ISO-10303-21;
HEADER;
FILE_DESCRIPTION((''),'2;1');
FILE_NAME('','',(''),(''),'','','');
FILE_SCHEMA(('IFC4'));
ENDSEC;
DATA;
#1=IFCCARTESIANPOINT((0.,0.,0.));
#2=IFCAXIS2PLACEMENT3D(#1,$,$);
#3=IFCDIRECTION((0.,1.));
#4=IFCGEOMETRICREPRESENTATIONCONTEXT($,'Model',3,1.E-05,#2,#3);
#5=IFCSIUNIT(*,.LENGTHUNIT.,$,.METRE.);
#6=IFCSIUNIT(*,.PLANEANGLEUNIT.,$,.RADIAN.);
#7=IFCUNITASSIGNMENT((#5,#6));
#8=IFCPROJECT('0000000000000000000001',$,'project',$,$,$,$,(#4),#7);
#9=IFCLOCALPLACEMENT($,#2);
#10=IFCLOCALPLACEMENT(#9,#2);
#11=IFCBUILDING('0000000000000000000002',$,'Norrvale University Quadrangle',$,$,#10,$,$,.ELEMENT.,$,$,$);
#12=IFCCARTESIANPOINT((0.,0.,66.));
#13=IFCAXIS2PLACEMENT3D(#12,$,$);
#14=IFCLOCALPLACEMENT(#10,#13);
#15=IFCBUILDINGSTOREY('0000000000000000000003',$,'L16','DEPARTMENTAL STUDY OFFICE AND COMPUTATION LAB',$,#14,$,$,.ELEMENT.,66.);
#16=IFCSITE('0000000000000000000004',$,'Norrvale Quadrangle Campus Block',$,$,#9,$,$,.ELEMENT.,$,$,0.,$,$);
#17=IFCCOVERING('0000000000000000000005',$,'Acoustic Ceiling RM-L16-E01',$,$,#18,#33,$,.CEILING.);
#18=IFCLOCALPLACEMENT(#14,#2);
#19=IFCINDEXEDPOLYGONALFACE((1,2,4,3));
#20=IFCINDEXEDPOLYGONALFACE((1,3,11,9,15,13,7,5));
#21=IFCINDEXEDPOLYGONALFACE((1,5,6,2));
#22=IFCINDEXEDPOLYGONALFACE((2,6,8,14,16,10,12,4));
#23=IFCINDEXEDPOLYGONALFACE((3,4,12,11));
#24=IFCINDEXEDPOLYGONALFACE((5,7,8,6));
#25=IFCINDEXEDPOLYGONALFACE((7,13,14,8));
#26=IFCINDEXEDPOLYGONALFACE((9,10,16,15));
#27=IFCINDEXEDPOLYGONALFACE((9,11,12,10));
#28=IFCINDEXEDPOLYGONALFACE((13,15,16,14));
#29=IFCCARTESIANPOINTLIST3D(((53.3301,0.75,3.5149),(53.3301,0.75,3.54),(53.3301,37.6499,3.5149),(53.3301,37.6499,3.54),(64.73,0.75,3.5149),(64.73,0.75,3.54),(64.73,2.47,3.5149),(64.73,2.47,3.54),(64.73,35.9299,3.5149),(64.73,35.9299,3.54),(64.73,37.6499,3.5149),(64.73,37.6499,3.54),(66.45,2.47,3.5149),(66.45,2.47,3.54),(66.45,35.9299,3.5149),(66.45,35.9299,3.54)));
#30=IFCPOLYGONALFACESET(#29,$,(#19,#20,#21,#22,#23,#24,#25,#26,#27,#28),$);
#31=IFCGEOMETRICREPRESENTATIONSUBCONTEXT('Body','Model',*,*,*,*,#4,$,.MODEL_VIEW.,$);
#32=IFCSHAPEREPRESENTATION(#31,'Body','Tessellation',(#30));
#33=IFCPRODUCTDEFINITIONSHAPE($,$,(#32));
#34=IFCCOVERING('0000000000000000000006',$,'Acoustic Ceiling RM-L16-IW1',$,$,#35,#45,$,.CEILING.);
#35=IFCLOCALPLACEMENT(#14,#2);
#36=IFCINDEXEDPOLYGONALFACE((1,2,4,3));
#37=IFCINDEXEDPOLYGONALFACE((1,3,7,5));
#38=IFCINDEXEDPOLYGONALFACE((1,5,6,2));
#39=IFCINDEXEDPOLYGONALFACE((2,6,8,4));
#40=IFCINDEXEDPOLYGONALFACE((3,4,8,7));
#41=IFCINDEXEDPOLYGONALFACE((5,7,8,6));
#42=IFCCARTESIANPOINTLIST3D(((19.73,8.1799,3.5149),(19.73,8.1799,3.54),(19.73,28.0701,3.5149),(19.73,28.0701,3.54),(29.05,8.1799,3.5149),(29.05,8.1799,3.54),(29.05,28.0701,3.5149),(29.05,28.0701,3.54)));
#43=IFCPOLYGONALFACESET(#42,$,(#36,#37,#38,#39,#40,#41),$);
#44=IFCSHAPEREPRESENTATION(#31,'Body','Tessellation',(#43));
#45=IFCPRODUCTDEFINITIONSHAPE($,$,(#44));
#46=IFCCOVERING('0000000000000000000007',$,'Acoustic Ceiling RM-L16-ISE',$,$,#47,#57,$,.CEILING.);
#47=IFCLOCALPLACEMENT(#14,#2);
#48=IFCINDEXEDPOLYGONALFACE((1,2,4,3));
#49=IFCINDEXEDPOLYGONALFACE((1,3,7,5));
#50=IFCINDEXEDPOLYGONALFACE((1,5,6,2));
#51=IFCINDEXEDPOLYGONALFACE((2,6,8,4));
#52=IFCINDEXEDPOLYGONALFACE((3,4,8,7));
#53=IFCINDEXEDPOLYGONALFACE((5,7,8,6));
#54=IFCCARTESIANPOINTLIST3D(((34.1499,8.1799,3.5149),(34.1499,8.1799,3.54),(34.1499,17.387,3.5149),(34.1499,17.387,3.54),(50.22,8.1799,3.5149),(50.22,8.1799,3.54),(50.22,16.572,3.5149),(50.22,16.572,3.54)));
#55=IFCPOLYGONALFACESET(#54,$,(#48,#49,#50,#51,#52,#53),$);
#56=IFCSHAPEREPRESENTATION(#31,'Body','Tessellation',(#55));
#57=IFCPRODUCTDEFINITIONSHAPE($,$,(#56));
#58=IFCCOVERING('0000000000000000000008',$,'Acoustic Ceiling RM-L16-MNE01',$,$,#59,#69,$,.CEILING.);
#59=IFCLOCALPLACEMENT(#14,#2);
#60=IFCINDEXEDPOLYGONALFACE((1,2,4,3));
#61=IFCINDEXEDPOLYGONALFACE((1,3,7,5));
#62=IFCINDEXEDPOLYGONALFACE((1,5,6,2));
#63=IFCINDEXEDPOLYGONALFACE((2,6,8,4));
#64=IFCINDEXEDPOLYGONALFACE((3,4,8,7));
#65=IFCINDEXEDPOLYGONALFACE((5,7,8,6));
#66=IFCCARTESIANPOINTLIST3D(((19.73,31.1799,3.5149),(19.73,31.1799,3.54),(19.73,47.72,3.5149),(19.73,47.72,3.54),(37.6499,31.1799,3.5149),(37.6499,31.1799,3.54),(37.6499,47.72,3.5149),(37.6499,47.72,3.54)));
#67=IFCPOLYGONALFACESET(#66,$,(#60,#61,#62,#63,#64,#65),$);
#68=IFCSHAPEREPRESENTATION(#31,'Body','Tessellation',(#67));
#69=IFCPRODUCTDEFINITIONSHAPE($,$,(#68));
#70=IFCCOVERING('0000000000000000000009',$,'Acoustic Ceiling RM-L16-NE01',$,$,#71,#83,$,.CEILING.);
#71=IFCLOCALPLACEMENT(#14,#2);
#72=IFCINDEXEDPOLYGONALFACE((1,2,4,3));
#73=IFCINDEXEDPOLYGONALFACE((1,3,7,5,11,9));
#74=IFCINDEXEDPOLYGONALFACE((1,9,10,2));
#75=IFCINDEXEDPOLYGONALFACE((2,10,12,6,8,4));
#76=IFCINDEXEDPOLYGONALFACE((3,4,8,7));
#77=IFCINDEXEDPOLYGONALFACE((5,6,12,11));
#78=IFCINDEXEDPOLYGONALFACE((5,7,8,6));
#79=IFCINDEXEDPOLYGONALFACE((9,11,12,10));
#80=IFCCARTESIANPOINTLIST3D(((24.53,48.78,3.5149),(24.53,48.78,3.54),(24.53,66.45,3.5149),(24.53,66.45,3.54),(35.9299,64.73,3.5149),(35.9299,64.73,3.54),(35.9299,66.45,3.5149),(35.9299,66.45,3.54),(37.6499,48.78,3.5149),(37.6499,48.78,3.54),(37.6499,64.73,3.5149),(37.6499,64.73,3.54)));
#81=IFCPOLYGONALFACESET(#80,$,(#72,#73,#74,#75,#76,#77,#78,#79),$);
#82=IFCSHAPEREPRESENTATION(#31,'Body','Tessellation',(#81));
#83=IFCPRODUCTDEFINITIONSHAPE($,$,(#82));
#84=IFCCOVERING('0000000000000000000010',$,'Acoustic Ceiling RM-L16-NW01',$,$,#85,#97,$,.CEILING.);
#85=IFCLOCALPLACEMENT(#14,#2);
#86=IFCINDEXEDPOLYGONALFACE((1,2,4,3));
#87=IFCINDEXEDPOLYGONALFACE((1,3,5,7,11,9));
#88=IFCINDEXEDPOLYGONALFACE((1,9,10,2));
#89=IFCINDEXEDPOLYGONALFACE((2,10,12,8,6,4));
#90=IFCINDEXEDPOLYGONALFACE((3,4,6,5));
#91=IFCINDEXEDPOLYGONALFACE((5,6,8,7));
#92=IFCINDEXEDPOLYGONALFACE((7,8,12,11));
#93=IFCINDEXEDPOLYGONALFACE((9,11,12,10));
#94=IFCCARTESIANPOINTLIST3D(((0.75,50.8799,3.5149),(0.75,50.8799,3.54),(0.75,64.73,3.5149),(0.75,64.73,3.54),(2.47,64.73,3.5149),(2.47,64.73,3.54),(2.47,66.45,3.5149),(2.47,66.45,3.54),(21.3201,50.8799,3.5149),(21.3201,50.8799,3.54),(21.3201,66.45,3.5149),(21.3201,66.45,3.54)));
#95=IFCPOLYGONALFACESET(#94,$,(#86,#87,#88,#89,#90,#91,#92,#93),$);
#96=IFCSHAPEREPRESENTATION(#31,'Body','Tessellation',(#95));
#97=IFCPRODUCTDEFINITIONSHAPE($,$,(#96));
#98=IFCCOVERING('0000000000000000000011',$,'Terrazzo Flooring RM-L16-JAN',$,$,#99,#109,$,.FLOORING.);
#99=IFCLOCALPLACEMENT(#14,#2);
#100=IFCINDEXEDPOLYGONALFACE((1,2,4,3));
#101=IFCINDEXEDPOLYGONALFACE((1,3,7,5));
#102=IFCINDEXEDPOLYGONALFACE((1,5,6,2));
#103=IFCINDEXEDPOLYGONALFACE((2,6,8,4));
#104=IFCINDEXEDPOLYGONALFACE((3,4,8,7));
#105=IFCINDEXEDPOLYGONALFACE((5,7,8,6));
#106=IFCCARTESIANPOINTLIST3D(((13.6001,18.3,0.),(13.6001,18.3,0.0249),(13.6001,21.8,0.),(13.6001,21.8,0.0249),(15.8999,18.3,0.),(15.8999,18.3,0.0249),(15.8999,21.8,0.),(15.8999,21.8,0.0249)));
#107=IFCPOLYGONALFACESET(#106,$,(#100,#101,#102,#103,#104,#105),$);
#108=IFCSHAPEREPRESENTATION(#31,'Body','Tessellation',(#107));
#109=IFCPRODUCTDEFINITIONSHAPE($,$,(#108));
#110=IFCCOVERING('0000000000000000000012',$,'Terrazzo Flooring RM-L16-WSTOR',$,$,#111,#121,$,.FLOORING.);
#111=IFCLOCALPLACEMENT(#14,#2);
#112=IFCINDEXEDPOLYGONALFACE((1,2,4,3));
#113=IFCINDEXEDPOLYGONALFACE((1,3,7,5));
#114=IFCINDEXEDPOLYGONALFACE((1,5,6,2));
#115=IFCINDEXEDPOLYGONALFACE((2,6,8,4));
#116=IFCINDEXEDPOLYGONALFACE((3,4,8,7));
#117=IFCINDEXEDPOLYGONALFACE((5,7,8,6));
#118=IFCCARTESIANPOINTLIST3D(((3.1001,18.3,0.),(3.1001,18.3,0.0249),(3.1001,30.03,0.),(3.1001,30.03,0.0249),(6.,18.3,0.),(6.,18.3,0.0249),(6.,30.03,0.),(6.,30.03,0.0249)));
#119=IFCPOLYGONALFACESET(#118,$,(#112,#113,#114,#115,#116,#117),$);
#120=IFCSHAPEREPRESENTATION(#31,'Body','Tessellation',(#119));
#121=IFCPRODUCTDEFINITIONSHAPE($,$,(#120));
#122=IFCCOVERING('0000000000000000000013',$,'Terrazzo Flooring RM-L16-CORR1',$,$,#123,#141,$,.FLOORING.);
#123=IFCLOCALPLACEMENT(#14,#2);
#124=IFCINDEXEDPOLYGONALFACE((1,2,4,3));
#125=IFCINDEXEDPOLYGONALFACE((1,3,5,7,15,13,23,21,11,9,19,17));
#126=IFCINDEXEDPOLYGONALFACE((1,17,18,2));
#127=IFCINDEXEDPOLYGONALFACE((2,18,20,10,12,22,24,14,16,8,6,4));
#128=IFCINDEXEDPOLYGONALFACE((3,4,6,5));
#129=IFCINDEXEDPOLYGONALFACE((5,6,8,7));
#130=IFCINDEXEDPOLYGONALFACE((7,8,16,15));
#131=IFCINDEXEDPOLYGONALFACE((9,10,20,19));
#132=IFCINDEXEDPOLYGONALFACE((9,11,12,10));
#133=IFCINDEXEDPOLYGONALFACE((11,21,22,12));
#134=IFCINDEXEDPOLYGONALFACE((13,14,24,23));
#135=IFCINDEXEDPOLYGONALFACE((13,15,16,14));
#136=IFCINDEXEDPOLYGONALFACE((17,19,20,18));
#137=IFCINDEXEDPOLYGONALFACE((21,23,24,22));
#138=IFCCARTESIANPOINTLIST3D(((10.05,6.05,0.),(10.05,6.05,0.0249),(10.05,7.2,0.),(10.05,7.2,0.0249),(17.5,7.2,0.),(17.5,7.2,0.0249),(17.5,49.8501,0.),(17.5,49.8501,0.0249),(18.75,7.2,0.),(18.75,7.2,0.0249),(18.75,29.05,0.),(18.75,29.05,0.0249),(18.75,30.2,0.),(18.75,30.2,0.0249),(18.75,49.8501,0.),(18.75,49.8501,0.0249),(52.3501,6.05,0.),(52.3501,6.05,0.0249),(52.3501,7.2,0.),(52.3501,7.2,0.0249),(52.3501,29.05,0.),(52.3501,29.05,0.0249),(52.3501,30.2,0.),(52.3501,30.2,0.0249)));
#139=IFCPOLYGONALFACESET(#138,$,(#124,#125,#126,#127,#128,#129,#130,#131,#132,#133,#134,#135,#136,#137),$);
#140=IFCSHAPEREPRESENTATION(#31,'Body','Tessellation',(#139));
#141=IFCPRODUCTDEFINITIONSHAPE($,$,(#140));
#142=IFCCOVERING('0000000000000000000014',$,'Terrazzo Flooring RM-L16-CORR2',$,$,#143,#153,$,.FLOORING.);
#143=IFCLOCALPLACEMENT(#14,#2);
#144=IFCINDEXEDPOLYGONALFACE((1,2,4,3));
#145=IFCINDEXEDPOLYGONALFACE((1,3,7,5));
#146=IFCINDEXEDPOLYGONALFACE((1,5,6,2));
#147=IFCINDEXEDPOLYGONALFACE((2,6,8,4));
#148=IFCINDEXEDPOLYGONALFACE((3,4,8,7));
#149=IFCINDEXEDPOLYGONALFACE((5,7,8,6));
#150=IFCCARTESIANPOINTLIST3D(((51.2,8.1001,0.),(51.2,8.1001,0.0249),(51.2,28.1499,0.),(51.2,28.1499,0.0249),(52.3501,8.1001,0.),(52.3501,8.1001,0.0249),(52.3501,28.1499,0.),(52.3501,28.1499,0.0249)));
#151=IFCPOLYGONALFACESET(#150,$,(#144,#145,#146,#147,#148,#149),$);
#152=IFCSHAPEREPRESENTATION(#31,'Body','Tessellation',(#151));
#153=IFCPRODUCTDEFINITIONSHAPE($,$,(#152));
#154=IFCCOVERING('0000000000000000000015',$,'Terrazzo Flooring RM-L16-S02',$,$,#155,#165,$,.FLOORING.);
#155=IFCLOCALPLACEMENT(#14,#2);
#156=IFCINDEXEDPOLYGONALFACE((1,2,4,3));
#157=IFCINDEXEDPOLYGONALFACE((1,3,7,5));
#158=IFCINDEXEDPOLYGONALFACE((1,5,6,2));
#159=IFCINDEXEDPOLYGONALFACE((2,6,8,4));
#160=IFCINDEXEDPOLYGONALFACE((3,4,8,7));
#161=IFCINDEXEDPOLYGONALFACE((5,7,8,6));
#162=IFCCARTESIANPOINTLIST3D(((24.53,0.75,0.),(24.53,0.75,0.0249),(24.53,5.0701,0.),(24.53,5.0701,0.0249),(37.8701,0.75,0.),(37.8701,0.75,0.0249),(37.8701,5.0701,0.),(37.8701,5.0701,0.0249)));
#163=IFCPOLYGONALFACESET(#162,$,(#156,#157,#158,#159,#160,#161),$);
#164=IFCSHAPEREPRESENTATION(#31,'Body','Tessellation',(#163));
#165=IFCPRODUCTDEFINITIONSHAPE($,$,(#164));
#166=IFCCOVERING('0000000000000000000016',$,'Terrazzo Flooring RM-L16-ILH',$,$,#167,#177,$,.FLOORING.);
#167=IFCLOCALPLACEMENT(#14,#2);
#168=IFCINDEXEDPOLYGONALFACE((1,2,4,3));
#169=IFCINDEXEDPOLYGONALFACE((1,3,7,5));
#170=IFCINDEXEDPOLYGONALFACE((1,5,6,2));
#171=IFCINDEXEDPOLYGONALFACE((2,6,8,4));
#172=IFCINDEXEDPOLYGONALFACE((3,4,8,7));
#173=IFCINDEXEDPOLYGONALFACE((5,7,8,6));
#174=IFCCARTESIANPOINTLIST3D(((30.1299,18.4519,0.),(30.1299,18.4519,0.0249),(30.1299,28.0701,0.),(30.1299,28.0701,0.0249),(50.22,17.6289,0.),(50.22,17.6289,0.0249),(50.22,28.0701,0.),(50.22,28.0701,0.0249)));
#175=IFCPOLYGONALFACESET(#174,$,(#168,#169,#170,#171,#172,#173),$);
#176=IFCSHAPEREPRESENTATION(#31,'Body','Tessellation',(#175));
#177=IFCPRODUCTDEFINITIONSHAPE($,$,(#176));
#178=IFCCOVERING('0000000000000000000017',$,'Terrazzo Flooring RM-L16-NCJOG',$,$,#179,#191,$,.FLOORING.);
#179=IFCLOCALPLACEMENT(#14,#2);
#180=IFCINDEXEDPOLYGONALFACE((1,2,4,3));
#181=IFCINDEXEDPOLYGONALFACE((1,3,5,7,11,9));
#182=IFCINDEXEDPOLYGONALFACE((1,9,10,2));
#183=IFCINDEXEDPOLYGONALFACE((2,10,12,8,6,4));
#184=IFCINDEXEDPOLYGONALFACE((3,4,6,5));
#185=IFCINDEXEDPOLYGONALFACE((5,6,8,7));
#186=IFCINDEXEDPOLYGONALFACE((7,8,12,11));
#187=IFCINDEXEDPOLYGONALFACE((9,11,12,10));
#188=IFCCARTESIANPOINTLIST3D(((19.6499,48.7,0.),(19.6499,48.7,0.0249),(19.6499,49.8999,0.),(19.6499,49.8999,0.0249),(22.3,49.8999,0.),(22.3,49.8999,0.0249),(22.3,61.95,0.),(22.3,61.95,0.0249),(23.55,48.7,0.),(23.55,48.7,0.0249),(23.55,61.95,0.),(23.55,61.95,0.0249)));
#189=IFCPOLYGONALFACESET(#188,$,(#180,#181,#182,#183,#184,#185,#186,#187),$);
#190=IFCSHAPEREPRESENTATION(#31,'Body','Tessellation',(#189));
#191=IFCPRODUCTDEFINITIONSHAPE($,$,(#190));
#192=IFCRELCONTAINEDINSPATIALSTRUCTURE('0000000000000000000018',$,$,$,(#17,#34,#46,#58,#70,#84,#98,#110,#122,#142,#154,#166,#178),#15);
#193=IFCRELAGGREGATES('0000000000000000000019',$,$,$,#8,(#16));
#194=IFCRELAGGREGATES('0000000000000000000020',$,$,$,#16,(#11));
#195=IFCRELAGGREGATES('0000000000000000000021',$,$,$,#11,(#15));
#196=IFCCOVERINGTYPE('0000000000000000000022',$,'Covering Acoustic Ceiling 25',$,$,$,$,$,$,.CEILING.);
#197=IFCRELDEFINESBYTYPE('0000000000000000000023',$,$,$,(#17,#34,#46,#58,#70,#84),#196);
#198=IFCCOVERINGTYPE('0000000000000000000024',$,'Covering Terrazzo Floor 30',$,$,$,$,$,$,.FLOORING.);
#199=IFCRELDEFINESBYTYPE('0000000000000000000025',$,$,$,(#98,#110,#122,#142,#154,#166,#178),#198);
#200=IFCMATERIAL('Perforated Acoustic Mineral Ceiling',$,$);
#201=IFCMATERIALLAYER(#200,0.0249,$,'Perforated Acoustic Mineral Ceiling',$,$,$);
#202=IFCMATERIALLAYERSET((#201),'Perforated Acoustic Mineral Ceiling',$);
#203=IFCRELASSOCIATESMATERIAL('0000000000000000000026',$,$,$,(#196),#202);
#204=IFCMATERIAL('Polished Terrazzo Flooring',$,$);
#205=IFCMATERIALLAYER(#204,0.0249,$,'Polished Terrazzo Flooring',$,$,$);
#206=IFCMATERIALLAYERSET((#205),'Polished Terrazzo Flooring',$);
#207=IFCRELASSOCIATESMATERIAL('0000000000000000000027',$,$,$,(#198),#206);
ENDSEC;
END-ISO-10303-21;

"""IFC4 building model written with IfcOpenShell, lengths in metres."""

from ifc_helpers import new_model, si_unit, direction, frame, origin, place, context, subcontext, project, spatial, polyline, outline, extrude, material, layer, layer_set, type_object, element, save


model = new_model("IFC4")

# Units and contexts
model_context = context("Model", 3, precision=1e-05, world=origin(), true_north=direction((0.0, 1.0)))
body_context = subcontext(model_context, "Body", "Model", "MODEL_VIEW")
ifc_project = project(units=[si_unit("LENGTHUNIT", "METRE"), si_unit("PLANEANGLEUNIT", "RADIAN")], contexts=[model_context])

# Site, building, storey
site_placement = place(None, origin())
site = spatial("IfcSite", under=ifc_project, at=site_placement, Name="Norrvale Quadrangle Campus Block", CompositionType="ELEMENT", RefElevation=0.0)
building_placement = place(site_placement, origin())
building = spatial("IfcBuilding", under=site, at=building_placement, Name="Norrvale University Quadrangle", CompositionType="ELEMENT")
storey_placement = place(building_placement, frame((0.0, 0.0, 66.0)))
storey = spatial("IfcBuildingStorey", under=building, at=storey_placement, Name="L16", Description="DEPARTMENTAL STUDY OFFICE AND COMPUTATION LAB", CompositionType="ELEMENT", Elevation=66.0)

# Coverings
ifc_material_1 = material(Name="Perforated Acoustic Mineral Ceiling")
ifc_layer_1 = layer(ifc_material_1, 0.0249, Name="Perforated Acoustic Mineral Ceiling")
ifc_layer_set_1 = layer_set([ifc_layer_1], Name="Perforated Acoustic Mineral Ceiling")
covering_type_1 = type_object("IfcCoveringType", Name="Covering Acoustic Ceiling 25", PredefinedType="CEILING", material=ifc_layer_set_1)
covering_1_placement = place(storey_placement, frame((0.0, 0.0, 3.5149)))
element("IfcCovering", 1, at=covering_1_placement, inside=storey, type_object=covering_type_1, Name="Acoustic Ceiling RM-L16-E01", PredefinedType="CEILING", context=body_context, shape_type="SweptSolid", body=[
    extrude(outline(polyline([(53.3301, 0.75), (53.3301, 37.6499), (64.73, 37.6499), (64.73, 35.9299), (66.45, 35.9299), (66.45, 2.47), (64.73, 2.47), (64.73, 0.75), (53.3301, 0.75)])), origin(), (0.0, 0.0, 1.0), 0.0251),
])
covering_2_placement = place(storey_placement, frame((0.0, 0.0, 3.5149)))
element("IfcCovering", 2, at=covering_2_placement, inside=storey, type_object=covering_type_1, Name="Acoustic Ceiling RM-L16-IW1", PredefinedType="CEILING", context=body_context, shape_type="SweptSolid", body=[
    extrude(outline(polyline([(19.73, 8.1799), (19.73, 28.0701), (29.05, 28.0701), (29.05, 8.1799), (19.73, 8.1799)])), origin(), (0.0, 0.0, 1.0), 0.0251),
])
covering_3_placement = place(storey_placement, frame((0.0, 0.0, 3.5149)))
element("IfcCovering", 3, at=covering_3_placement, inside=storey, type_object=covering_type_1, Name="Acoustic Ceiling RM-L16-ISE", PredefinedType="CEILING", context=body_context, shape_type="SweptSolid", body=[
    extrude(outline(polyline([(34.1499, 8.1799), (34.1499, 17.387), (50.22, 16.572), (50.22, 8.1799), (34.1499, 8.1799)])), origin(), (0.0, 0.0, 1.0), 0.0251),
])
covering_4_placement = place(storey_placement, frame((0.0, 0.0, 3.5149)))
element("IfcCovering", 4, at=covering_4_placement, inside=storey, type_object=covering_type_1, Name="Acoustic Ceiling RM-L16-MNE01", PredefinedType="CEILING", context=body_context, shape_type="SweptSolid", body=[
    extrude(outline(polyline([(19.73, 47.72), (37.6499, 47.72), (37.6499, 31.1799), (19.73, 31.1799), (19.73, 47.72)])), origin(), (0.0, 0.0, 1.0), 0.0251),
])
covering_5_placement = place(storey_placement, frame((0.0, 0.0, 3.5149)))
element("IfcCovering", 5, at=covering_5_placement, inside=storey, type_object=covering_type_1, Name="Acoustic Ceiling RM-L16-NE01", PredefinedType="CEILING", context=body_context, shape_type="SweptSolid", body=[
    extrude(outline(polyline([(37.6499, 48.78), (24.53, 48.78), (24.53, 66.45), (35.9299, 66.45), (35.9299, 64.73), (37.6499, 64.73), (37.6499, 48.78)])), origin(), (0.0, 0.0, 1.0), 0.0251),
])
covering_6_placement = place(storey_placement, frame((0.0, 0.0, 3.5149)))
element("IfcCovering", 6, at=covering_6_placement, inside=storey, type_object=covering_type_1, Name="Acoustic Ceiling RM-L16-NW01", PredefinedType="CEILING", context=body_context, shape_type="SweptSolid", body=[
    extrude(outline(polyline([(21.3201, 66.45), (21.3201, 50.8799), (0.75, 50.8799), (0.75, 64.73), (2.47, 64.73), (2.47, 66.45), (21.3201, 66.45)])), origin(), (0.0, 0.0, 1.0), 0.0251),
])
ifc_material_2 = material(Name="Polished Terrazzo Flooring")
ifc_layer_2 = layer(ifc_material_2, 0.0249, Name="Polished Terrazzo Flooring")
ifc_layer_set_2 = layer_set([ifc_layer_2], Name="Polished Terrazzo Flooring")
covering_type_2 = type_object("IfcCoveringType", Name="Covering Terrazzo Floor 30", PredefinedType="FLOORING", material=ifc_layer_set_2)
covering_7_placement = place(storey_placement, origin())
element("IfcCovering", 7, at=covering_7_placement, inside=storey, type_object=covering_type_2, Name="Terrazzo Flooring RM-L16-JAN", PredefinedType="FLOORING", context=body_context, shape_type="SweptSolid", body=[
    extrude(outline(polyline([(13.6001, 18.3), (13.6001, 21.8), (15.8999, 21.8), (15.8999, 18.3), (13.6001, 18.3)])), origin(), (0.0, 0.0, 1.0), 0.0249),
])
covering_8_placement = place(storey_placement, origin())
element("IfcCovering", 8, at=covering_8_placement, inside=storey, type_object=covering_type_2, Name="Terrazzo Flooring RM-L16-WSTOR", PredefinedType="FLOORING", context=body_context, shape_type="SweptSolid", body=[
    extrude(outline(polyline([(3.1001, 18.3), (3.1001, 30.03), (6.0, 30.03), (6.0, 18.3), (3.1001, 18.3)])), origin(), (0.0, 0.0, 1.0), 0.0249),
])
covering_9_placement = place(storey_placement, origin())
element("IfcCovering", 9, at=covering_9_placement, inside=storey, type_object=covering_type_2, Name="Terrazzo Flooring RM-L16-CORR1", PredefinedType="FLOORING", context=body_context, shape_type="SweptSolid", body=[
    extrude(outline(polyline([(10.05, 6.05), (10.05, 7.2), (17.5, 7.2), (17.5, 49.8501), (18.75, 49.8501), (18.75, 30.2), (52.3501, 30.2), (52.3501, 29.05), (18.75, 29.05), (18.75, 7.2), (52.3501, 7.2), (52.3501, 6.05), (10.05, 6.05)])), origin(), (0.0, 0.0, 1.0), 0.0249),
])
covering_10_placement = place(storey_placement, origin())
element("IfcCovering", 10, at=covering_10_placement, inside=storey, type_object=covering_type_2, Name="Terrazzo Flooring RM-L16-CORR2", PredefinedType="FLOORING", context=body_context, shape_type="SweptSolid", body=[
    extrude(outline(polyline([(51.2, 8.1001), (51.2, 28.1499), (52.3501, 28.1499), (52.3501, 8.1001), (51.2, 8.1001)])), origin(), (0.0, 0.0, 1.0), 0.0249),
])
covering_11_placement = place(storey_placement, origin())
element("IfcCovering", 11, at=covering_11_placement, inside=storey, type_object=covering_type_2, Name="Terrazzo Flooring RM-L16-S02", PredefinedType="FLOORING", context=body_context, shape_type="SweptSolid", body=[
    extrude(outline(polyline([(24.53, 5.0701), (37.8701, 5.0701), (37.8701, 0.75), (24.53, 0.75), (24.53, 5.0701)])), origin(), (0.0, 0.0, 1.0), 0.0249),
])
covering_12_placement = place(storey_placement, origin())
element("IfcCovering", 12, at=covering_12_placement, inside=storey, type_object=covering_type_2, Name="Terrazzo Flooring RM-L16-ILH", PredefinedType="FLOORING", context=body_context, shape_type="SweptSolid", body=[
    extrude(outline(polyline([(30.1299, 18.4519), (30.1299, 28.0701), (50.22, 28.0701), (50.22, 17.6289), (30.1299, 18.4519)])), origin(), (0.0, 0.0, 1.0), 0.0249),
])
covering_13_placement = place(storey_placement, origin())
element("IfcCovering", 13, at=covering_13_placement, inside=storey, type_object=covering_type_2, Name="Terrazzo Flooring RM-L16-NCJOG", PredefinedType="FLOORING", context=body_context, shape_type="SweptSolid", body=[
    extrude(outline(polyline([(19.6499, 48.7), (19.6499, 49.8999), (22.3, 49.8999), (22.3, 61.95), (23.55, 61.95), (23.55, 48.7), (19.6499, 48.7)])), origin(), (0.0, 0.0, 1.0), 0.0249),
])

save(model, "model.ifc")
